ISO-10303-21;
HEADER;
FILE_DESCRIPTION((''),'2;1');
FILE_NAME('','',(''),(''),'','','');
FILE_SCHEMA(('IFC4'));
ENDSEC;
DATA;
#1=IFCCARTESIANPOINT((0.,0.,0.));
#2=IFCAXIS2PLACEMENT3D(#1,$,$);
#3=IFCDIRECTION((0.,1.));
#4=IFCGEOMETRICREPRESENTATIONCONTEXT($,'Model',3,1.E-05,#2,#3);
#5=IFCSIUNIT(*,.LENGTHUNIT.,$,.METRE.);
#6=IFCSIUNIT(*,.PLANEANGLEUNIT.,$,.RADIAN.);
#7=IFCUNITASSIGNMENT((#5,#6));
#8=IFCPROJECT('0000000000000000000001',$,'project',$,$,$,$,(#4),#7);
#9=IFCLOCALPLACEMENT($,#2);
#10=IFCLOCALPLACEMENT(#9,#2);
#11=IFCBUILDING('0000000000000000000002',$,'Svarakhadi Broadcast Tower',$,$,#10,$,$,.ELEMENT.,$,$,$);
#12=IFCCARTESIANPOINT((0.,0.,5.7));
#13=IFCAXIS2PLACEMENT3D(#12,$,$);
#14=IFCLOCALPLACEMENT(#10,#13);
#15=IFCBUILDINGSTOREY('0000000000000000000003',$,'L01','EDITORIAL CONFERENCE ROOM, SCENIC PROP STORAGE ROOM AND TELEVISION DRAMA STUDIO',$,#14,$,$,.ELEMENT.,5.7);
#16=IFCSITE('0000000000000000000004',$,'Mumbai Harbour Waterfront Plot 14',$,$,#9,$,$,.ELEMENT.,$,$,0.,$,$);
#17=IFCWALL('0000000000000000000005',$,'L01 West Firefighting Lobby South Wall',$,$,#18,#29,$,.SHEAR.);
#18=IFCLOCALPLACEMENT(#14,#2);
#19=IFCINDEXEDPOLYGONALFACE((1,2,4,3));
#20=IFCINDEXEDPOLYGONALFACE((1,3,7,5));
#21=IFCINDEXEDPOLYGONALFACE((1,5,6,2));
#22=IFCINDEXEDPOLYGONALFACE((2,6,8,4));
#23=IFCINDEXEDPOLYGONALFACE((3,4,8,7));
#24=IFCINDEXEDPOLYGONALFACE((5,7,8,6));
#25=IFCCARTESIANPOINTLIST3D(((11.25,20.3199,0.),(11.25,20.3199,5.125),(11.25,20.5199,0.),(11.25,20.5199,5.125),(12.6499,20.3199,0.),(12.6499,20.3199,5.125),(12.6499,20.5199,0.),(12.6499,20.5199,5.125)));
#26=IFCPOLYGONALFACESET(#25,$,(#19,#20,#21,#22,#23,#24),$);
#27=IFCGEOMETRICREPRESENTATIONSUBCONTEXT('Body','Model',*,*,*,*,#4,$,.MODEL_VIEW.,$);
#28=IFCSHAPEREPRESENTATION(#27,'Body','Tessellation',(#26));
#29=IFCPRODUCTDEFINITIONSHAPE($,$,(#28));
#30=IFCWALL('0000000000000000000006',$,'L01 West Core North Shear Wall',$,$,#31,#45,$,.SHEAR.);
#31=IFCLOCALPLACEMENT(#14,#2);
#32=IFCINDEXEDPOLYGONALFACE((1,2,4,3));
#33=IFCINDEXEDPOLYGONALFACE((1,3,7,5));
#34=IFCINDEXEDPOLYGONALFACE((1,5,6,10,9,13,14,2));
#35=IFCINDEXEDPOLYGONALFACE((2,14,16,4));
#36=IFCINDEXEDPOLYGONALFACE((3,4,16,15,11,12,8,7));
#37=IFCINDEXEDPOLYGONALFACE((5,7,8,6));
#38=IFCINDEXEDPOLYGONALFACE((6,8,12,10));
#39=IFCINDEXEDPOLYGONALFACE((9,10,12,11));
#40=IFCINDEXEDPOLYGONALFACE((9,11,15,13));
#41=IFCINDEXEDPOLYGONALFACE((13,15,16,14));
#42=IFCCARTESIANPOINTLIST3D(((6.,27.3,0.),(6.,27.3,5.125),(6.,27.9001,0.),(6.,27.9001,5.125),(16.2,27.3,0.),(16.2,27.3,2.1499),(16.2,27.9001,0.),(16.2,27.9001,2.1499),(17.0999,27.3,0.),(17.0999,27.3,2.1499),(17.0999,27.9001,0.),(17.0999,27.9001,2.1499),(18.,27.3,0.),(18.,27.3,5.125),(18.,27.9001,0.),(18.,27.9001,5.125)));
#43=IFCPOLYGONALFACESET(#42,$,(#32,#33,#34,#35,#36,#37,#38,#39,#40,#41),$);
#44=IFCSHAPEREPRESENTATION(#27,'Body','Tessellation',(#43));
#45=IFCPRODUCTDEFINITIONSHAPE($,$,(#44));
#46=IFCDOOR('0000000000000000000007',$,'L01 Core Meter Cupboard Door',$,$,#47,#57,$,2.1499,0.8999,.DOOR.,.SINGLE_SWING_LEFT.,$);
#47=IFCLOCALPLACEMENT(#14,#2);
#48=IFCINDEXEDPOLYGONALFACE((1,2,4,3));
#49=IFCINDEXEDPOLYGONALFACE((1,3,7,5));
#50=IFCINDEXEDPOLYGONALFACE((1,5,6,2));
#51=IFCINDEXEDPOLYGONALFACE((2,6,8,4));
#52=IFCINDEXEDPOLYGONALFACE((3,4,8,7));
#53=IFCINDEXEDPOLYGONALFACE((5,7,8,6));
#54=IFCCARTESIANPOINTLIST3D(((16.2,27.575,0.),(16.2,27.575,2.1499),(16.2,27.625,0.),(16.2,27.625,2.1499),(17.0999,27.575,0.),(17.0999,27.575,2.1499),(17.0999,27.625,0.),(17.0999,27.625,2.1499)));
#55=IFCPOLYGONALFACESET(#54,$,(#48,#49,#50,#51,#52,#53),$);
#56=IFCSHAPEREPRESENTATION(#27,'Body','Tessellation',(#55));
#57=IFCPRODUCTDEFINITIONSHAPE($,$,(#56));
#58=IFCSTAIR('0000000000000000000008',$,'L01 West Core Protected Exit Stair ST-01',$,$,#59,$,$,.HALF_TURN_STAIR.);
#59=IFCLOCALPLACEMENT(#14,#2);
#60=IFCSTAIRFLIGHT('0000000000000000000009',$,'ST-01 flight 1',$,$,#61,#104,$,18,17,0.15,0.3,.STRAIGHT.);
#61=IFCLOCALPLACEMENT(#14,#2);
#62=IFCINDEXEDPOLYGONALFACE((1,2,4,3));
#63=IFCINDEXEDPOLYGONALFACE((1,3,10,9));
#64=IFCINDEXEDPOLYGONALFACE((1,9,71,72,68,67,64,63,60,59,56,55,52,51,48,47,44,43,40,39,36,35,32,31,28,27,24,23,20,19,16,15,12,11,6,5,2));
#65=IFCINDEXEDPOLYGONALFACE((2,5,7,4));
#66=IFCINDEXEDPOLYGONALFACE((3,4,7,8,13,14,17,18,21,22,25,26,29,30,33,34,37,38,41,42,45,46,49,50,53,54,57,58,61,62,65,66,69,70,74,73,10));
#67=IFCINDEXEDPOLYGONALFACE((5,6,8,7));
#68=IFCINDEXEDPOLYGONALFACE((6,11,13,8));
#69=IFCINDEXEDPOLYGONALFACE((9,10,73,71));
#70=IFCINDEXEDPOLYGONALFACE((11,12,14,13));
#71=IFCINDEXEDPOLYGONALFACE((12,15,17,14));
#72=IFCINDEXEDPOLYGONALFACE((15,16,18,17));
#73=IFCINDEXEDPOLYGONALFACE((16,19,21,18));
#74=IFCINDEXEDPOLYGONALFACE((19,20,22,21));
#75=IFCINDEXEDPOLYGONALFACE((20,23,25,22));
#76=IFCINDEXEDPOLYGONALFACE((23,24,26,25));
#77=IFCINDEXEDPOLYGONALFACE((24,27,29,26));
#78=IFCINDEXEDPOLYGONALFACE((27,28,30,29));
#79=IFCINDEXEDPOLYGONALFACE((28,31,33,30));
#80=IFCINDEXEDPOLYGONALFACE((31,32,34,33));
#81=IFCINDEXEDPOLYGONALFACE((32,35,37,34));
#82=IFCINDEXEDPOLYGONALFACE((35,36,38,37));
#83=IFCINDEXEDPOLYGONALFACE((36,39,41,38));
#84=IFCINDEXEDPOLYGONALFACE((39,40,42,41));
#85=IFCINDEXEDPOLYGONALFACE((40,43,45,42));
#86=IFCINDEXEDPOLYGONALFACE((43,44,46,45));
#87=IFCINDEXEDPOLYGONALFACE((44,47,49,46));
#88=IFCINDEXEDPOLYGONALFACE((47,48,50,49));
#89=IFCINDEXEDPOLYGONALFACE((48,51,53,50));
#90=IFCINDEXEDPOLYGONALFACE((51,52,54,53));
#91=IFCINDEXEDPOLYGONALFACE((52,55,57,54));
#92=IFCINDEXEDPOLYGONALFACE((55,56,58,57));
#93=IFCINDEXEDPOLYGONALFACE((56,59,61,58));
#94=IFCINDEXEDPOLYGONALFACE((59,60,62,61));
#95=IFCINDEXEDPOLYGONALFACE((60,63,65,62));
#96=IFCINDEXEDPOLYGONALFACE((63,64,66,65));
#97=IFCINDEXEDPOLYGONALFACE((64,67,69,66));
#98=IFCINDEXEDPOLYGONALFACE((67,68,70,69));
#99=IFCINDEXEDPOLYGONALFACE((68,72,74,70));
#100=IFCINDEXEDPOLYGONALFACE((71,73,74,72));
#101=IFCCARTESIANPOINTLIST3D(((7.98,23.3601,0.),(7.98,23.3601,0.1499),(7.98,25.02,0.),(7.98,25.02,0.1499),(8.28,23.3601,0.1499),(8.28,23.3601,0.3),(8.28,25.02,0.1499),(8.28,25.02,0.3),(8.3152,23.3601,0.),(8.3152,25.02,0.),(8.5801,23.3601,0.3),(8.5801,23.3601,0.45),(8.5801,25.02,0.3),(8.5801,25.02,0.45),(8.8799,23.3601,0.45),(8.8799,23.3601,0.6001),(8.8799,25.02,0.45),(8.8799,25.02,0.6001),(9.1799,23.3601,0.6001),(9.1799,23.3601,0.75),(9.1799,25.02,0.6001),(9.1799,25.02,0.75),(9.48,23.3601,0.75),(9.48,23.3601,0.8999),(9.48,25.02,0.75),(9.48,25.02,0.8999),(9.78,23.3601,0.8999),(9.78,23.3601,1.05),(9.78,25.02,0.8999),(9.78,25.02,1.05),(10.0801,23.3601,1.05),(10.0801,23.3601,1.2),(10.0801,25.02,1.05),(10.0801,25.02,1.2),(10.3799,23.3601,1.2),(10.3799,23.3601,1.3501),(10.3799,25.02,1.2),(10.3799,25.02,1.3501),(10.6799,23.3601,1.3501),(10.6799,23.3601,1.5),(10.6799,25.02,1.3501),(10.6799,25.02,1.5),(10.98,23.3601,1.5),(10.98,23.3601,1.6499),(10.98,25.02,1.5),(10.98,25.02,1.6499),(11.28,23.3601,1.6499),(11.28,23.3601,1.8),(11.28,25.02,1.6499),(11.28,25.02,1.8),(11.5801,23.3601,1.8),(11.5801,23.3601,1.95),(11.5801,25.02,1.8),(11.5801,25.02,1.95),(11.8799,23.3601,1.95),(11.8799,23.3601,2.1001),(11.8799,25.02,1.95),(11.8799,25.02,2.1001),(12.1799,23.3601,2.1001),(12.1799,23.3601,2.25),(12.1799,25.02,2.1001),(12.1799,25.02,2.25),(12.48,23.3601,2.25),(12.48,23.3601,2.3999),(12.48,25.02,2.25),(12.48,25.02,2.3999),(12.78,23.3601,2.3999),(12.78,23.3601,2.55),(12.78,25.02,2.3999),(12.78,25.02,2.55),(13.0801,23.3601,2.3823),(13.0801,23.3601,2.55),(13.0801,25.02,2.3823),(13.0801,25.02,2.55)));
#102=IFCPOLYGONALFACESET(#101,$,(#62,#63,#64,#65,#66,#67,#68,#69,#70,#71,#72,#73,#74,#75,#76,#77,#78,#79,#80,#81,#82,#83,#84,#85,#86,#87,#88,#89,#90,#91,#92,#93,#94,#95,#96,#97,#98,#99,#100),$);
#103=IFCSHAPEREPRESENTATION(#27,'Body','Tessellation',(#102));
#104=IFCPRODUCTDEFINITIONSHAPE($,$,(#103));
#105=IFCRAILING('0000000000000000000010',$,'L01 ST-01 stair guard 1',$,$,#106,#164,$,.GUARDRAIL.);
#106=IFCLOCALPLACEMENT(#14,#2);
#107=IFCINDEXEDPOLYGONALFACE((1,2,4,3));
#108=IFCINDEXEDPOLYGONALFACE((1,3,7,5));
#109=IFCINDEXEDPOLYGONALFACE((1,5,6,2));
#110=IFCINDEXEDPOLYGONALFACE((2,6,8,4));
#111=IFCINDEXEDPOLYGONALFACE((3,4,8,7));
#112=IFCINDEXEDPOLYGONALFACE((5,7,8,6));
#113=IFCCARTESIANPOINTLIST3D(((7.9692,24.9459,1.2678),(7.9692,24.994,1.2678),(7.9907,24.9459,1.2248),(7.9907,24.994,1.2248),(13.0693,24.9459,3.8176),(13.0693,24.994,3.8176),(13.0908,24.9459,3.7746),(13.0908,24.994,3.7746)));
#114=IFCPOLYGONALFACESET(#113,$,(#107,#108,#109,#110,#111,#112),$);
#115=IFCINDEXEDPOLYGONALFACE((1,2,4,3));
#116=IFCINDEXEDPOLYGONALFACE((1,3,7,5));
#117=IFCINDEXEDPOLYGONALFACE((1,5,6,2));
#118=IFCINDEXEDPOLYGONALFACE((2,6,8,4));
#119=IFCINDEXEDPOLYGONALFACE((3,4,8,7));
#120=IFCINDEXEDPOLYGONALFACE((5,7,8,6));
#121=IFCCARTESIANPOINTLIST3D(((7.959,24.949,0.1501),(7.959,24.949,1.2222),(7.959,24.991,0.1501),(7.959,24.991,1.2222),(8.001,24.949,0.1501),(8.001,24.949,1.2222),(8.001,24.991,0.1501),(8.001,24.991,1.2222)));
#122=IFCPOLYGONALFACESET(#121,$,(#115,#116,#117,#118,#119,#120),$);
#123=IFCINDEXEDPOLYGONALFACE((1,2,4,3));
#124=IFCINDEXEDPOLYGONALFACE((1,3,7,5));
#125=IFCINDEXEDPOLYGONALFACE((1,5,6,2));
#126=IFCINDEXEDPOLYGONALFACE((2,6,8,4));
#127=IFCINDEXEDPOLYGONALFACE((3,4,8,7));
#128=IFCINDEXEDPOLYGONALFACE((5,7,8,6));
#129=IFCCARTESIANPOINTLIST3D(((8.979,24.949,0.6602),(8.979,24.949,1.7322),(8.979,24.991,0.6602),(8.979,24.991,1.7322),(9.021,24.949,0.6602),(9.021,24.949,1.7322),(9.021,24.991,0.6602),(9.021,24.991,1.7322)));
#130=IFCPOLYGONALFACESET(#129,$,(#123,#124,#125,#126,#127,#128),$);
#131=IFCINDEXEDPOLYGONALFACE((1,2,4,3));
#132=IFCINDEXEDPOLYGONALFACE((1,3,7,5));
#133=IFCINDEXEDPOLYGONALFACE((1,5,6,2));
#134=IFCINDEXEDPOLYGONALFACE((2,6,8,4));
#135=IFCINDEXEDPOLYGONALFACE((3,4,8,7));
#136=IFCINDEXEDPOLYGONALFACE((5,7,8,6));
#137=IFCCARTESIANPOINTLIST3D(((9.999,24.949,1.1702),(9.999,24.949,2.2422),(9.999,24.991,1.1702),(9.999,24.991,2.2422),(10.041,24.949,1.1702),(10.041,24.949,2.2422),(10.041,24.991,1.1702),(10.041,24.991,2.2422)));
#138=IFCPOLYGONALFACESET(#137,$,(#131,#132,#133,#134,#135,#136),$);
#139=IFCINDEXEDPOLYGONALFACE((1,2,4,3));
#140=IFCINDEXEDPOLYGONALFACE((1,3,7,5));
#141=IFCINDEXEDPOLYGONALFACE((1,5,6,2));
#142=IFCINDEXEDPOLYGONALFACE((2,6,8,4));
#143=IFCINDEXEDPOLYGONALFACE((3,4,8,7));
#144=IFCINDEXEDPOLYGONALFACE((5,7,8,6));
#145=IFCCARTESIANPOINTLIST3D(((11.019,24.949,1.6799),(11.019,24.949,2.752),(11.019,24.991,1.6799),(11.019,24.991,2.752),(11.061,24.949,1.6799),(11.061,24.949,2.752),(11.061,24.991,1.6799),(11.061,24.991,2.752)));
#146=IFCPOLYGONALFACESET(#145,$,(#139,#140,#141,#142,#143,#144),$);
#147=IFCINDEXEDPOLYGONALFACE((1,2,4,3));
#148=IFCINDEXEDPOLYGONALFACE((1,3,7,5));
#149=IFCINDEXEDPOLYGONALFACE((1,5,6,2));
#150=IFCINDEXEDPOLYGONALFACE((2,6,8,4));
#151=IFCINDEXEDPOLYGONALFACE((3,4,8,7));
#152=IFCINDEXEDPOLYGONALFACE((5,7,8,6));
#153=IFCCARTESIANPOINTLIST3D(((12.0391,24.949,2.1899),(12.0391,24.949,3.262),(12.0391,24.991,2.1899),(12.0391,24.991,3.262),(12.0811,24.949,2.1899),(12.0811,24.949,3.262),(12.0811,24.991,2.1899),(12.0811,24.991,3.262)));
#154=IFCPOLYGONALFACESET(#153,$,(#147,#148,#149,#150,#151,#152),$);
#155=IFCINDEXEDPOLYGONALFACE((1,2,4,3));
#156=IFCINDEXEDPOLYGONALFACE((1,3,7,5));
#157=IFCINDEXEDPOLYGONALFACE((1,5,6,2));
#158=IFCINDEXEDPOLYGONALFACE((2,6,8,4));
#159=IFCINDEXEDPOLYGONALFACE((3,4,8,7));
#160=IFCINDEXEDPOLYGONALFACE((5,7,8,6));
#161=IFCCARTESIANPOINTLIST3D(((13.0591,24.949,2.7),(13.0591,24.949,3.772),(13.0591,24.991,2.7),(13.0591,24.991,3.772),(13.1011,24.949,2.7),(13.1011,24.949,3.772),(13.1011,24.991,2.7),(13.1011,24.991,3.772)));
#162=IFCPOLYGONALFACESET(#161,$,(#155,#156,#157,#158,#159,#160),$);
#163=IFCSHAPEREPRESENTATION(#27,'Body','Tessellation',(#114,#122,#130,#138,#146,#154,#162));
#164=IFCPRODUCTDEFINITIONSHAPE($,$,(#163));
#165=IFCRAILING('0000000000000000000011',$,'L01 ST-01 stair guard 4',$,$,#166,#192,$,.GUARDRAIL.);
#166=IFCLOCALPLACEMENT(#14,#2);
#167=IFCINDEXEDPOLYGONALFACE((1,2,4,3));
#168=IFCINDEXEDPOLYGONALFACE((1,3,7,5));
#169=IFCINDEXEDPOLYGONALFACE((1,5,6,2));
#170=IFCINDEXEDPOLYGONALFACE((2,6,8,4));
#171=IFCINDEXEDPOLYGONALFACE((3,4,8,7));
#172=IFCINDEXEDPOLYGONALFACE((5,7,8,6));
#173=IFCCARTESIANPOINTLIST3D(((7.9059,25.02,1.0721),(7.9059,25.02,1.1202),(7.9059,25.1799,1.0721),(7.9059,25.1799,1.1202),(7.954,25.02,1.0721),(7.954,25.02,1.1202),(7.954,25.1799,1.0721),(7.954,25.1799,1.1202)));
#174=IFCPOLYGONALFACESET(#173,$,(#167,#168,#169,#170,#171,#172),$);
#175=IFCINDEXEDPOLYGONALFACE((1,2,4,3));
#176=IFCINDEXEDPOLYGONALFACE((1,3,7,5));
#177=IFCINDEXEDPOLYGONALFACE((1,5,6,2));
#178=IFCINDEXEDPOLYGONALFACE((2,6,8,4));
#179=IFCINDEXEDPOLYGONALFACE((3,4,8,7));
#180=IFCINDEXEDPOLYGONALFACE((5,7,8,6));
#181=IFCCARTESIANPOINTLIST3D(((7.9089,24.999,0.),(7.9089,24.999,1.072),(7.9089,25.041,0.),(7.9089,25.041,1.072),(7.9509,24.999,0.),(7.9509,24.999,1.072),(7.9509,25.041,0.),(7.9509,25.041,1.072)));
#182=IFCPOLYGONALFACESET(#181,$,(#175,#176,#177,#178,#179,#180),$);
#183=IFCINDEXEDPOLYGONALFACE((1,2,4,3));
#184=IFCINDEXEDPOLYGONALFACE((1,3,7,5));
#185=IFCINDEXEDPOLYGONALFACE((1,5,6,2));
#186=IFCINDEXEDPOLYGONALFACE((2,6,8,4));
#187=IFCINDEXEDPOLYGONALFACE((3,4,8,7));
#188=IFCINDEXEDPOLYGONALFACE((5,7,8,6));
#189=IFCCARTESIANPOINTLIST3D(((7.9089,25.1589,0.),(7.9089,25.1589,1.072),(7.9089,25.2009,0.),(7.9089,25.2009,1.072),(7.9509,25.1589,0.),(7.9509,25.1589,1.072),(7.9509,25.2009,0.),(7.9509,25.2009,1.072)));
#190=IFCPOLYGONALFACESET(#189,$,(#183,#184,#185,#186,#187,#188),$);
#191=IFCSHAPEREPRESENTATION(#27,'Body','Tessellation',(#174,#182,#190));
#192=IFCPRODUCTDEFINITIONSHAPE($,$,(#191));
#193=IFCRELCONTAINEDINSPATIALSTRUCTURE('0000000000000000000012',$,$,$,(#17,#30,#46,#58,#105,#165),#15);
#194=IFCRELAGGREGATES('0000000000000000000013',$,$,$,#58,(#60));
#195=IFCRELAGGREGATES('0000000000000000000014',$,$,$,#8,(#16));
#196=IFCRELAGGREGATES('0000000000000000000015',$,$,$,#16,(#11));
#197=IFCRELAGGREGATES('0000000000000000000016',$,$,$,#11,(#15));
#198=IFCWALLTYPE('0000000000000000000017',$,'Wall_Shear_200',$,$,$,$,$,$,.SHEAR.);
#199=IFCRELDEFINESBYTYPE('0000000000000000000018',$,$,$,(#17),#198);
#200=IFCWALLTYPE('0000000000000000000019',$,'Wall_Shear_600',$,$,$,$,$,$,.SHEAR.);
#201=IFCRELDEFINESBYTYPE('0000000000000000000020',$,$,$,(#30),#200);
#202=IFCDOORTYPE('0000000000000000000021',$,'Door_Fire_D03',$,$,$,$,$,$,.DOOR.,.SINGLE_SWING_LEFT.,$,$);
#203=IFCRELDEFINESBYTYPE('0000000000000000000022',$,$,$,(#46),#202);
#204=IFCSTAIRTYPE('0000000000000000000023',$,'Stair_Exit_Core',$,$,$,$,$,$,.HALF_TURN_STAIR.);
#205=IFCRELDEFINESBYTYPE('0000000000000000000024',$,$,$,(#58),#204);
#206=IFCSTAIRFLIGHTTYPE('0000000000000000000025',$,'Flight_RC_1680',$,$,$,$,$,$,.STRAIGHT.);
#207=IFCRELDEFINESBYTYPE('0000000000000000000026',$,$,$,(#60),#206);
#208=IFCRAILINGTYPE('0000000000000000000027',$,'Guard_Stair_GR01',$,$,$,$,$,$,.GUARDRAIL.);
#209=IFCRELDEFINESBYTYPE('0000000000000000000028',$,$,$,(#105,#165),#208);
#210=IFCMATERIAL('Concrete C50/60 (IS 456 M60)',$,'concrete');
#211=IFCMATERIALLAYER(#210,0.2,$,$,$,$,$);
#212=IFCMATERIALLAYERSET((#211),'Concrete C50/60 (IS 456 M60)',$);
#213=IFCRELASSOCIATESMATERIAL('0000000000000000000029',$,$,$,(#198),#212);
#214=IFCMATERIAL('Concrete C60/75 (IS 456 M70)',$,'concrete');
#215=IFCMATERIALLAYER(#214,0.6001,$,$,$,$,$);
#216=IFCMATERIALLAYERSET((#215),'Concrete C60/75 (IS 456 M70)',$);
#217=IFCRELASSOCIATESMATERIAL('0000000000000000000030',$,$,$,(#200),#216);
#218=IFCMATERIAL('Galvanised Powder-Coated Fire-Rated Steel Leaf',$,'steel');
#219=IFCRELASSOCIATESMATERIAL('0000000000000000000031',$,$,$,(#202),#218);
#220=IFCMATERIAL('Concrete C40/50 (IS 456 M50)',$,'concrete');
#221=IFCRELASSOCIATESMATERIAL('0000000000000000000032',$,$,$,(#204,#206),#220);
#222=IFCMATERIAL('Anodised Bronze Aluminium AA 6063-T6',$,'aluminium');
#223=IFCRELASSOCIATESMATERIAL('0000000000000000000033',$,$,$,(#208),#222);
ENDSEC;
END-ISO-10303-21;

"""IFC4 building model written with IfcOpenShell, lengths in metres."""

from ifc_helpers import new_model, si_unit, direction, frame, frame_2d, origin, origin_2d, place, context, subcontext, project, spatial, polyline, rectangle, outline, extrude, material, layer, layer_set, type_object, element, fill, aggregate, save


model = new_model("IFC4")

# Units and contexts
model_context = context("Model", 3, precision=1e-05, world=origin(), true_north=direction((0.0, 1.0)))
body_context = subcontext(model_context, "Body", "Model", "MODEL_VIEW")
ifc_project = project(units=[si_unit("LENGTHUNIT", "METRE"), si_unit("PLANEANGLEUNIT", "RADIAN")], contexts=[model_context])

# Site, building, storey
site_placement = place(None, origin())
site = spatial("IfcSite", under=ifc_project, at=site_placement, Name="Mumbai Harbour Waterfront Plot 14", CompositionType="ELEMENT", RefElevation=0.0)
building_placement = place(site_placement, origin())
building = spatial("IfcBuilding", under=site, at=building_placement, Name="Svarakhadi Broadcast Tower", CompositionType="ELEMENT")
storey_placement = place(building_placement, frame((0.0, 0.0, 5.7)))
storey = spatial("IfcBuildingStorey", under=building, at=storey_placement, Name="L01", Description="EDITORIAL CONFERENCE ROOM, SCENIC PROP STORAGE ROOM AND TELEVISION DRAMA STUDIO", CompositionType="ELEMENT", Elevation=5.7)

# Shared definitions
ifc_material_1 = material(Name="Concrete C60/75 (IS 456 M70)", Category="concrete")

# Shared definitions
ifc_material_2 = material(Name="Anodised Bronze Aluminium AA 6063-T6", Category="aluminium")

# Shared definitions
ifc_material_3 = material(Name="Concrete C50/60 (IS 456 M60)", Category="concrete")

# Shared definitions
ifc_material_4 = material(Name="Concrete C40/50 (IS 456 M50)", Category="concrete")

# Shared definitions
ifc_layer_1 = layer(ifc_material_3, 0.2)
ifc_layer_set_1 = layer_set([ifc_layer_1], Name="Concrete C50/60 (IS 456 M60)")
wall_type_1 = type_object("IfcWallType", Name="Wall_Shear_200", PredefinedType="SHEAR", material=ifc_layer_set_1)
ifc_material_5 = material(Name="Galvanised Powder-Coated Fire-Rated Steel Leaf", Category="steel")

# Wall
wall_1_placement = place(storey_placement, frame((11.25, 20.4199, 0.0), z_axis=(0.0, 0.0, 1.0), x_axis=(1.0, 0.0, 0.0)))
element("IfcWall", 1, at=wall_1_placement, inside=storey, type_object=wall_type_1, Name="L01 West Firefighting Lobby South Wall", PredefinedType="SHEAR", context=body_context, shape_type="SweptSolid", body=[
    extrude(rectangle(XDim=1.3999, YDim=0.2, at=frame_2d((0.7, 0.0))), origin(), (0.0, 0.0, 1.0), 5.125),
])

# Wall, opening, door
ifc_layer_2 = layer(ifc_material_1, 0.6001)
ifc_layer_set_2 = layer_set([ifc_layer_2], Name="Concrete C60/75 (IS 456 M70)")
wall_type_2 = type_object("IfcWallType", Name="Wall_Shear_600", PredefinedType="SHEAR", material=ifc_layer_set_2)
wall_2_placement = place(storey_placement, frame((6.0, 27.6001, 0.0), z_axis=(0.0, 0.0, 1.0), x_axis=(1.0, 0.0, 0.0)))
wall_2 = element("IfcWall", 2, at=wall_2_placement, inside=storey, type_object=wall_type_2, Name="L01 West Core North Shear Wall", PredefinedType="SHEAR", context=body_context, shape_type="SweptSolid", body=[
    extrude(rectangle(XDim=12.0, YDim=0.6001, at=frame_2d((6.0, 0.0))), origin(), (0.0, 0.0, 1.0), 5.125),
])
opening_1_placement = place(wall_2_placement, frame((10.2, 0.0, 0.0)))
opening_1 = element("IfcOpeningElement", 3, at=opening_1_placement, cuts=wall_2, PredefinedType="OPENING", context=body_context, shape_type="SweptSolid", body=[
    extrude(rectangle(XDim=0.8999, YDim=2.1499, at=frame_2d((0.45, 1.075))), frame((0.0, 0.3101, 0.0), z_axis=(0.0, -1.0, 0.0), x_axis=(1.0, 0.0, 0.0)), (0.0, 0.0, 1.0), 0.6201),
])
door_type_1 = type_object("IfcDoorType", Name="Door_Fire_D03", OperationType="SINGLE_SWING_LEFT", PredefinedType="DOOR", material=ifc_material_5)
door_1_placement = place(opening_1_placement, origin())
door_1 = element("IfcDoor", 4, at=door_1_placement, inside=storey, type_object=door_type_1, Name="L01 Core Meter Cupboard Door", OperationType="SINGLE_SWING_LEFT", OverallHeight=2.1499, OverallWidth=0.8999, PredefinedType="DOOR", context=body_context, shape_type="SweptSolid", body=[
    extrude(rectangle(XDim=0.8999, YDim=2.1499, at=frame_2d((0.45, 1.075))), frame((0.0, 0.0249, 0.0), z_axis=(0.0, -1.0, 0.0), x_axis=(1.0, 0.0, 0.0)), (0.0, 0.0, 1.0), 0.05),
])
fill(opening_1, door_1)

# Stair, stair flight
stair_type = type_object("IfcStairType", Name="Stair_Exit_Core", PredefinedType="HALF_TURN_STAIR", material=ifc_material_4)
stair_placement = place(storey_placement, origin())
stair = element("IfcStair", 5, at=stair_placement, inside=storey, type_object=stair_type, Name="L01 West Core Protected Exit Stair ST-01", PredefinedType="HALF_TURN_STAIR")
stair_flight_type = type_object("IfcStairFlightType", Name="Flight_RC_1680", PredefinedType="STRAIGHT", material=ifc_material_4)
stair_flight_placement = place(storey_placement, frame((7.98, 24.1899, 0.0), z_axis=(0.0, 0.0, 1.0), x_axis=(1.0, 0.0, 0.0)))
stair_flight = element("IfcStairFlight", 6, at=stair_flight_placement, type_object=stair_flight_type, Name="ST-01 flight 1", NumberOfRisers=18, NumberOfTreads=17, PredefinedType="STRAIGHT", RiserHeight=0.15, TreadLength=0.3, context=body_context, shape_type="SweptSolid", body=[
    extrude(outline(polyline([(0.0, 0.0), (0.0, 0.1499), (0.3, 0.1499), (0.3, 0.3), (0.6001, 0.3), (0.6001, 0.45), (0.8999, 0.45), (0.8999, 0.6001), (1.2, 0.6001), (1.2, 0.75), (1.5, 0.75), (1.5, 0.8999), (1.8, 0.8999), (1.8, 1.05), (2.1001, 1.05), (2.1001, 1.2), (2.3999, 1.2), (2.3999, 1.3501), (2.7, 1.3501), (2.7, 1.5), (3.0, 1.5), (3.0, 1.6499), (3.3, 1.6499), (3.3, 1.8), (3.6001, 1.8), (3.6001, 1.95), (3.8999, 1.95), (3.8999, 2.1001), (4.2, 2.1001), (4.2, 2.25), (4.5, 2.25), (4.5, 2.3999), (4.8, 2.3999), (4.8, 2.55), (5.1001, 2.55), (5.1001, 2.7), (5.1001, 2.3823), (0.3352, 0.0), (0.0, 0.0)])), frame((0.0, 0.8301, 0.0), z_axis=(0.0, -1.0, 0.0), x_axis=(1.0, 0.0, 0.0)), (0.0, 0.0, 1.0), 1.6599),
])
aggregate(stair, [stair_flight])

# Railings
railing_type_1 = type_object("IfcRailingType", Name="Guard_Stair_GR01", PredefinedType="GUARDRAIL", material=ifc_material_2)
railing_1_placement = place(storey_placement, frame((7.98, 24.97, 0.1501)))
element("IfcRailing", 7, at=railing_1_placement, inside=storey, type_object=railing_type_1, Name="L01 ST-01 stair guard 1", PredefinedType="GUARDRAIL", context=body_context, shape_type="SweptSolid", body=[
    extrude(rectangle(XDim=0.0481, YDim=0.0481, at=origin_2d()), frame((0.0, 0.0, 1.0962), z_axis=(0.894444, 0.0, 0.447179), x_axis=(0.0, 1.0, 0.0)), (0.0, 0.0, 1.0), 5.7019),
    extrude(rectangle(XDim=0.042, YDim=0.042, at=origin_2d()), origin(), (0.0, 0.0, 1.0), 1.072),
    extrude(rectangle(XDim=0.042, YDim=0.042, at=origin_2d()), frame((1.02, 0.0, 0.51)), (0.0, 0.0, 1.0), 1.072),
    extrude(rectangle(XDim=0.042, YDim=0.042, at=origin_2d()), frame((2.04, 0.0, 1.02)), (0.0, 0.0, 1.0), 1.072),
    extrude(rectangle(XDim=0.042, YDim=0.042, at=origin_2d()), frame((3.0601, 0.0, 1.5298)), (0.0, 0.0, 1.0), 1.072),
    extrude(rectangle(XDim=0.042, YDim=0.042, at=origin_2d()), frame((4.0801, 0.0, 2.0398)), (0.0, 0.0, 1.0), 1.072),
    extrude(rectangle(XDim=0.042, YDim=0.042, at=origin_2d()), frame((5.1001, 0.0, 2.5498)), (0.0, 0.0, 1.0), 1.072),
])
railing_2_placement = place(storey_placement, frame((7.9299, 25.02, 0.0)))
element("IfcRailing", 8, at=railing_2_placement, inside=storey, type_object=railing_type_1, Name="L01 ST-01 stair guard 4", PredefinedType="GUARDRAIL", context=body_context, shape_type="SweptSolid", body=[
    extrude(rectangle(XDim=0.0481, YDim=0.0481, at=origin_2d()), frame((0.0, 0.0, 1.0962), z_axis=(0.0, 1.0, 0.0), x_axis=(-1.0, 0.0, 0.0)), (0.0, 0.0, 1.0), 0.1599),
    extrude(rectangle(XDim=0.042, YDim=0.042, at=origin_2d()), origin(), (0.0, 0.0, 1.0), 1.072),
    extrude(rectangle(XDim=0.042, YDim=0.042, at=origin_2d()), frame((0.0, 0.1599, 0.0)), (0.0, 0.0, 1.0), 1.072),
])

save(model, "model.ifc")
